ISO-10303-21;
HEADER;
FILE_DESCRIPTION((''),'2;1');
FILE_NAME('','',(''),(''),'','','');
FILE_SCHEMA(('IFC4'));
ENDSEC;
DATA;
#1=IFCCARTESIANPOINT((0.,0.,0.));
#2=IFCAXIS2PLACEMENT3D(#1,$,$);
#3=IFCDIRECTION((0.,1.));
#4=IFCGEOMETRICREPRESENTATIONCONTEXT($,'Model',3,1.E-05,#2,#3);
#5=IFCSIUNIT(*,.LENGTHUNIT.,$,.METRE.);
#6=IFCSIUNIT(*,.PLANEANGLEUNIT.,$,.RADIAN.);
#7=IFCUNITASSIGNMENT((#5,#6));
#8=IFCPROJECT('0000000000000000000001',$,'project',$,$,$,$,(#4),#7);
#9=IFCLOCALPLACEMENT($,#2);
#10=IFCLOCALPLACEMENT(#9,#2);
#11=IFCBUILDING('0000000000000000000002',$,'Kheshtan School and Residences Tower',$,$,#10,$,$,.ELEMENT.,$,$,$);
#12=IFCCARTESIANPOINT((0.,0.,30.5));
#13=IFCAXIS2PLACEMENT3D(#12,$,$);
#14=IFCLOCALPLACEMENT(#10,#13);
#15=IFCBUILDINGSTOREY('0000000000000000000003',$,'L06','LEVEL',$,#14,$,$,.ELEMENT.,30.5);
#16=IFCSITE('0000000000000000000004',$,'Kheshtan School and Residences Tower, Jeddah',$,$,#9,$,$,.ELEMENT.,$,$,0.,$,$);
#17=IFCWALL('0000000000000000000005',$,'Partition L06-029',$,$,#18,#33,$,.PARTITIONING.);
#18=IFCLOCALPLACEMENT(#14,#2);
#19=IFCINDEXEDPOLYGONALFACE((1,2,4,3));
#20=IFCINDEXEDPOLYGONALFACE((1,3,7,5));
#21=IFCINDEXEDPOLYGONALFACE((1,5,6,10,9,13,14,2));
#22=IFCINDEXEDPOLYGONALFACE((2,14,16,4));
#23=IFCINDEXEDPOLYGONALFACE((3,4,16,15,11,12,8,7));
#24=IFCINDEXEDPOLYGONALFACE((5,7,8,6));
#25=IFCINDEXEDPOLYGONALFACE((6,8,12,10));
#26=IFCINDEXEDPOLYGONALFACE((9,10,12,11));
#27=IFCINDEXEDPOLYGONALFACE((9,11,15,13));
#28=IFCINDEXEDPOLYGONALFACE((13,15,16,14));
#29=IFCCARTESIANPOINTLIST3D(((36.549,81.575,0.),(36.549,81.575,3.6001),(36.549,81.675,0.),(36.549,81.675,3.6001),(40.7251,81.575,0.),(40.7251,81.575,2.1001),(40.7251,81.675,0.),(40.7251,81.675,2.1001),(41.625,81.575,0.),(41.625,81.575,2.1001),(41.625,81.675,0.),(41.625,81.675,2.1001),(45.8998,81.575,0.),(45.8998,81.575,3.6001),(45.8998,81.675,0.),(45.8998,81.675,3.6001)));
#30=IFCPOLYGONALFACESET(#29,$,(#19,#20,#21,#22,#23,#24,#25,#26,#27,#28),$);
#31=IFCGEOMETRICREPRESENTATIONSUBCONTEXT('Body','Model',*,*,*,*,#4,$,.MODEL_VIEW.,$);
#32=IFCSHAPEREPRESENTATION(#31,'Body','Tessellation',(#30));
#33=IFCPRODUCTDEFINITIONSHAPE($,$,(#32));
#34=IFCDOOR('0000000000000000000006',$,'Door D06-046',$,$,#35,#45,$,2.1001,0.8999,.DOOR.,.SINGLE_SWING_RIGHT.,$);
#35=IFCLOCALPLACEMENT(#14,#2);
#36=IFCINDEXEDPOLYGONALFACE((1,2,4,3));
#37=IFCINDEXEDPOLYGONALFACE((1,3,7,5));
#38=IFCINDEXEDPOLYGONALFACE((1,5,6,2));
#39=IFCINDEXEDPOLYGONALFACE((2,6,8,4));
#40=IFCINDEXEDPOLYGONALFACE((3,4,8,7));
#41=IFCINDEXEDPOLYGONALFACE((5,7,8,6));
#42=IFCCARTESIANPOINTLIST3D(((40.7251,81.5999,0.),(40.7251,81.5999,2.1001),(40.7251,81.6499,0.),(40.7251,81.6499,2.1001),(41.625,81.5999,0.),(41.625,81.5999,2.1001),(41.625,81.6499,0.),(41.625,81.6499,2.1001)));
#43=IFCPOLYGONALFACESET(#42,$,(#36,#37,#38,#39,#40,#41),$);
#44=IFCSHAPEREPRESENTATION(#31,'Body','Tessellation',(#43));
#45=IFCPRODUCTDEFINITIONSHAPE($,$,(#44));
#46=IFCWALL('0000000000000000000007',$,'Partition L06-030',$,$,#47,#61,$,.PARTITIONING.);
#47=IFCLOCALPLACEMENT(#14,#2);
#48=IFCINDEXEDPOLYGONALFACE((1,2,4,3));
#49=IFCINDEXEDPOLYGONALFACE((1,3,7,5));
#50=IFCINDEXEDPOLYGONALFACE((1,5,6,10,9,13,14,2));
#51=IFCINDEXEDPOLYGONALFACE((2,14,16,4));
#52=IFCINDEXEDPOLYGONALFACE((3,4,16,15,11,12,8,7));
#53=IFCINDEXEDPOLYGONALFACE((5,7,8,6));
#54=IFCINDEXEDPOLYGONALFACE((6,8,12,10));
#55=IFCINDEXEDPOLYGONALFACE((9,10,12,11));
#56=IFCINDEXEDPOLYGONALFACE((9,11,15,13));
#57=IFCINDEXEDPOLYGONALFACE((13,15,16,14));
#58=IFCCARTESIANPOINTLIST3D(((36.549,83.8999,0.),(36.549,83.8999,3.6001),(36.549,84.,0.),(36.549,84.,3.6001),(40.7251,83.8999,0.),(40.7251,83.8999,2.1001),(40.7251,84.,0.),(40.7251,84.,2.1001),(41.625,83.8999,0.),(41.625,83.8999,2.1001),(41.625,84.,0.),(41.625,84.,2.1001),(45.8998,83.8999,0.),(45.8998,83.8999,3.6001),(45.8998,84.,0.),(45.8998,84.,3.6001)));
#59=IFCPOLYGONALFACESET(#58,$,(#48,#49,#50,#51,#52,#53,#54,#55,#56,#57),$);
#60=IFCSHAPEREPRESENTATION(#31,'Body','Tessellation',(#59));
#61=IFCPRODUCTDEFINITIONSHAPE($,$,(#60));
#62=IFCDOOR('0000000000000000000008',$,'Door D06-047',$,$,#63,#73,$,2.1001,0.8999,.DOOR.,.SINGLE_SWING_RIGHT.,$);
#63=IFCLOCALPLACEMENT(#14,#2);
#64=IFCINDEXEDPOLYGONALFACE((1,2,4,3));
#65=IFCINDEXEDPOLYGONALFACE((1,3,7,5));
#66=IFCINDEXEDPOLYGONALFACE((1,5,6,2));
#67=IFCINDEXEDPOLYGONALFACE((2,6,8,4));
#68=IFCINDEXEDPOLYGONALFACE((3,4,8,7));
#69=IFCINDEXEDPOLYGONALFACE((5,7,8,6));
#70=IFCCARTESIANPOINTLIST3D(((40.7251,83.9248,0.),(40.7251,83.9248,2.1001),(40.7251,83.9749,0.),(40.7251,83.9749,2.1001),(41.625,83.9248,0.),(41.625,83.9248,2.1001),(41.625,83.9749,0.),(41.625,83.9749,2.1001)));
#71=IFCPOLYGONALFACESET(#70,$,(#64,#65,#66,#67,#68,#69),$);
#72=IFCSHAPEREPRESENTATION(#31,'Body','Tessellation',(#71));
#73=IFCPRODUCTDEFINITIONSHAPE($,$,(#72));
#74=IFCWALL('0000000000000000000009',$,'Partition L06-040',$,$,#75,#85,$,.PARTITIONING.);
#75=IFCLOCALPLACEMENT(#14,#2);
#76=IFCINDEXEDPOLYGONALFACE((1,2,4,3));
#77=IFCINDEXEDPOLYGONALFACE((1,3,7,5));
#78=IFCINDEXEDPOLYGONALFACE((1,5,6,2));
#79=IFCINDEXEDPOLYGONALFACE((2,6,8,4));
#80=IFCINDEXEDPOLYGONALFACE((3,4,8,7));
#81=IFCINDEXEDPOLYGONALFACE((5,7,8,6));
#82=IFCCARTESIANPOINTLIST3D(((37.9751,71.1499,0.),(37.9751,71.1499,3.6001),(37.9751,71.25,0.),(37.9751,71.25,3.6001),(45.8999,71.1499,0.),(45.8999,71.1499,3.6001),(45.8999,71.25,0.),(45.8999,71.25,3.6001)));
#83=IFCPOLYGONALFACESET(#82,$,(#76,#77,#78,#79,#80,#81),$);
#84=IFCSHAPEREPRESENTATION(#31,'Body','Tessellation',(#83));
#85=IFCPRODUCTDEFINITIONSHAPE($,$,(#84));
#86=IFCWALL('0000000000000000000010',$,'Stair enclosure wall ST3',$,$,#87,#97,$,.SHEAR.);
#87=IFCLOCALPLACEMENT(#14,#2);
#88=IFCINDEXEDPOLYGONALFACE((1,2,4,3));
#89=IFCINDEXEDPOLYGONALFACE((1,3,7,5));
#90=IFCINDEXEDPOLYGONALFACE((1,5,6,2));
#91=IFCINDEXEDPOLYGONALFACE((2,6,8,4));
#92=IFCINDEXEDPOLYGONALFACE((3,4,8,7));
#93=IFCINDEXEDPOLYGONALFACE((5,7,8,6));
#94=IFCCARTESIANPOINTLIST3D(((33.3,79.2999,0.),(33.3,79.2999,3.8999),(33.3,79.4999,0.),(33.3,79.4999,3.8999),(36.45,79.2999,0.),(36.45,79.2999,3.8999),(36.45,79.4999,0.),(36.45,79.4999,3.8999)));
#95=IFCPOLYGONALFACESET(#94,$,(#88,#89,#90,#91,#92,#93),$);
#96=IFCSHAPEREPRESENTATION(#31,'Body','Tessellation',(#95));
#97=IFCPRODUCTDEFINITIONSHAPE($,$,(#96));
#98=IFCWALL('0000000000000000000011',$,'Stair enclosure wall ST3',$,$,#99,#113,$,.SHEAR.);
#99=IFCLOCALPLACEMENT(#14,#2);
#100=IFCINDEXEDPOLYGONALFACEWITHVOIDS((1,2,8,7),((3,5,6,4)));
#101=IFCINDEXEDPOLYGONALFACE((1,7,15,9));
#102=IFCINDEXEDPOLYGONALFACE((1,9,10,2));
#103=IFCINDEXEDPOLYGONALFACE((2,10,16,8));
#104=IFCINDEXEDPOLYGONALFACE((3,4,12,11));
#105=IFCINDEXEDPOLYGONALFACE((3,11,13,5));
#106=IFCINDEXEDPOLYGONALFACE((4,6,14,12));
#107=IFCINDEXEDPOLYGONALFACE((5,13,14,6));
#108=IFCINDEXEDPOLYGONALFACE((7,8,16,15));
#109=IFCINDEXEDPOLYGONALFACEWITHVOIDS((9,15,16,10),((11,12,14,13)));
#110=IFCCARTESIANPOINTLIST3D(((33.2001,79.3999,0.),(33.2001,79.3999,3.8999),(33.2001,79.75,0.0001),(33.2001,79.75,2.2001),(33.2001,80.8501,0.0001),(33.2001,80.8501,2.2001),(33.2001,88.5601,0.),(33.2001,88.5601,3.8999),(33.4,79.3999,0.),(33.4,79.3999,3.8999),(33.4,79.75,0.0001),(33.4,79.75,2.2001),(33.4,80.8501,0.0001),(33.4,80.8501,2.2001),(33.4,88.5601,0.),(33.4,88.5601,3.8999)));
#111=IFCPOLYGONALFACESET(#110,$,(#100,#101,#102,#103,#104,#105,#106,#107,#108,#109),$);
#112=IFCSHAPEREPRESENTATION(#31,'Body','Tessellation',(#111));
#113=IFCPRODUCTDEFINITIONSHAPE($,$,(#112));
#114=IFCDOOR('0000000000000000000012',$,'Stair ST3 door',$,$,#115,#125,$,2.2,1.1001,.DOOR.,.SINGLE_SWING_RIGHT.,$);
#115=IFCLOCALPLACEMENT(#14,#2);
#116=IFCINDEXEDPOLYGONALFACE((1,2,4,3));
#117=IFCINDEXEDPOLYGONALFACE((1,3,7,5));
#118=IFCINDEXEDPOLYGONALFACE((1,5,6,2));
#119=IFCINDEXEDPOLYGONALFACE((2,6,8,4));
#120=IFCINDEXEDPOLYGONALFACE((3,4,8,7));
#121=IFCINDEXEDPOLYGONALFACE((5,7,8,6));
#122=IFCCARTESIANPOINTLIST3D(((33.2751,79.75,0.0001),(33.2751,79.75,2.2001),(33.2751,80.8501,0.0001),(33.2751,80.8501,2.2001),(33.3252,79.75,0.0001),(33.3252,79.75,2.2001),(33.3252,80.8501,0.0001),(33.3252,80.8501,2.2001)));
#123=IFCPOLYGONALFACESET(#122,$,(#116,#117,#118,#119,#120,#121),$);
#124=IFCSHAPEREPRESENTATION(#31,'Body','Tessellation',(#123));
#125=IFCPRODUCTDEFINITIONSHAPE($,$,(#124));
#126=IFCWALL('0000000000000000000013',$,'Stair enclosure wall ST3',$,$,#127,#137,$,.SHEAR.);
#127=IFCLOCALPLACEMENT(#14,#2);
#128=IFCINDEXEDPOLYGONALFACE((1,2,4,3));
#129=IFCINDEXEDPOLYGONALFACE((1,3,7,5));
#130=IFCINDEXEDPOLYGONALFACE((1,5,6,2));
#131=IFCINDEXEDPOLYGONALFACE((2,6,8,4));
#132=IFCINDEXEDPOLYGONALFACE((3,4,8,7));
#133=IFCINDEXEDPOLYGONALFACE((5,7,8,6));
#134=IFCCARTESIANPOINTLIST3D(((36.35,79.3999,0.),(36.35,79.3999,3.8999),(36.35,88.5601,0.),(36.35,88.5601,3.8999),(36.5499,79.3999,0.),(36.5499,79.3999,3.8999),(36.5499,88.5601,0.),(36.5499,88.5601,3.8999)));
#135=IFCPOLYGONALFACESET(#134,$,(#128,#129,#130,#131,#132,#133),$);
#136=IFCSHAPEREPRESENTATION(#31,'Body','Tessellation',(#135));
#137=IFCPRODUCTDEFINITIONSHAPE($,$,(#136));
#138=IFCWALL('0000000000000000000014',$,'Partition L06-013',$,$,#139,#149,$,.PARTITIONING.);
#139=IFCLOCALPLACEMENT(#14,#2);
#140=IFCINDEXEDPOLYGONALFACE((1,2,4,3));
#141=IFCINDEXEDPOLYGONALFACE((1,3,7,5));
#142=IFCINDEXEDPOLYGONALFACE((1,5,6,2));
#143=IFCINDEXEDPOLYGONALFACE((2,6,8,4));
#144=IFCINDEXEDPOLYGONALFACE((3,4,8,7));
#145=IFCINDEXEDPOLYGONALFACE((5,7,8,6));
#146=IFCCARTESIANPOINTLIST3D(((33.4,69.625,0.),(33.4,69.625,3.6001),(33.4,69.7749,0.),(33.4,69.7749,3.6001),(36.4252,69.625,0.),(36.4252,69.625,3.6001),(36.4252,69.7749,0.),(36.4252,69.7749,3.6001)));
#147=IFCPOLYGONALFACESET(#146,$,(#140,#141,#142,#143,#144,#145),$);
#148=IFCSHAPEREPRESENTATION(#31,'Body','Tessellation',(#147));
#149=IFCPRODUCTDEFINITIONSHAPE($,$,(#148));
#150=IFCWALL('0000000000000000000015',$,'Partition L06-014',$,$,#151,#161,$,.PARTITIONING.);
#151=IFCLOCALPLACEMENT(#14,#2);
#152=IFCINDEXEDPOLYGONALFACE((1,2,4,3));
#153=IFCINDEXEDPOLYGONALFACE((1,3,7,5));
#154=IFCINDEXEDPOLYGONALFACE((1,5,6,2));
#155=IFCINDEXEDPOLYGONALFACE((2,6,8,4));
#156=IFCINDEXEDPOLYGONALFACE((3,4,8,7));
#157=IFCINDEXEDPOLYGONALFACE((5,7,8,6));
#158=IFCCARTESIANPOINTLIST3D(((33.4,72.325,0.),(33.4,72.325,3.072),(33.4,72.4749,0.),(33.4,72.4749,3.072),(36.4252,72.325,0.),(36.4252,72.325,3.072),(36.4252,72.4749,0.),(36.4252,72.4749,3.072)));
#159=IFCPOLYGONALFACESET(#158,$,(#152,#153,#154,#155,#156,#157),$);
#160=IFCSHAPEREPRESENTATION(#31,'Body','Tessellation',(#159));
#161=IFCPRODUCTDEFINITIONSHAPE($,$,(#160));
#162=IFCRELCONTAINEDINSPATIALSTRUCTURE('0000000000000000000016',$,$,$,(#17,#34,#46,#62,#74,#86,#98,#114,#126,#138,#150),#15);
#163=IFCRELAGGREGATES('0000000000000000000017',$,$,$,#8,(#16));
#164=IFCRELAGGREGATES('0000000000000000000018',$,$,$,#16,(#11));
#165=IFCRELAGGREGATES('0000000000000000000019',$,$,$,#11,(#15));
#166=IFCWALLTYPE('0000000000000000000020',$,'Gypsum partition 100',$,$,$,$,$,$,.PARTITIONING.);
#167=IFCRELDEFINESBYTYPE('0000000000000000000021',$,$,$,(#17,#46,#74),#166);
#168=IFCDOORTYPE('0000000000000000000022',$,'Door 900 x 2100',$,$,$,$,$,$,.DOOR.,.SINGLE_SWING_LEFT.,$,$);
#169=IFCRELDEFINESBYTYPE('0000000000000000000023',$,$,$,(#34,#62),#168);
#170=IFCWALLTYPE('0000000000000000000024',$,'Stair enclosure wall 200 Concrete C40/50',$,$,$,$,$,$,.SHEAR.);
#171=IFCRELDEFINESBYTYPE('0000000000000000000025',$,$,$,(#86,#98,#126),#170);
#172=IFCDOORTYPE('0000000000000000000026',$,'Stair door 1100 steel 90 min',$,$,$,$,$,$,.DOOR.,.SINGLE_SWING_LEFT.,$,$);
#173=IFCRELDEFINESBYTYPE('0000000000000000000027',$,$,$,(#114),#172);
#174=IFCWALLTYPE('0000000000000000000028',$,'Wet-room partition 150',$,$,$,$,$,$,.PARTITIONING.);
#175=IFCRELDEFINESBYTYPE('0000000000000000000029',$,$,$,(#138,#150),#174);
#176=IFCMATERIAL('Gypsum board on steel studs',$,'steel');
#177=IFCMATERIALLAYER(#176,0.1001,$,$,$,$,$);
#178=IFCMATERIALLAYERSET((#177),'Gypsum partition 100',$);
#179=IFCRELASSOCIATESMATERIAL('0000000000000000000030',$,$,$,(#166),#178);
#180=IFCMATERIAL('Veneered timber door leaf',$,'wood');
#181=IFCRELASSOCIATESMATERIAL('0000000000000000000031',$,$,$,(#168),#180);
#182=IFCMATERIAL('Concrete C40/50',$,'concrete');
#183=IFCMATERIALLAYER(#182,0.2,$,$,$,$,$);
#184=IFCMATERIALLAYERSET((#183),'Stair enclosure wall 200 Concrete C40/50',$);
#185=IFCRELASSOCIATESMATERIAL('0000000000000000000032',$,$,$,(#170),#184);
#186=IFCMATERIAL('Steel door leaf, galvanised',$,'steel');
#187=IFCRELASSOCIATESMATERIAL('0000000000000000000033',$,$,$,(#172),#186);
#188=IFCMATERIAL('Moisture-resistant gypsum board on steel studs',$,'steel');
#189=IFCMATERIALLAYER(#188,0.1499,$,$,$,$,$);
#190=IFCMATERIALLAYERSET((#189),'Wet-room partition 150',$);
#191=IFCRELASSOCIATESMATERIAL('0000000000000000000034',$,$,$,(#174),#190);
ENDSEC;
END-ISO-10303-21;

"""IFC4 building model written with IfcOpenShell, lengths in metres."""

from ifc_helpers import new_model, si_unit, direction, frame, frame_2d, origin, place, context, subcontext, project, spatial, rectangle, extrude, source, transform, mapped, material, layer, layer_set, type_object, element, fill, save


model = new_model("IFC4")

# Units and contexts
model_context = context("Model", 3, precision=1e-05, world=origin(), true_north=direction((0.0, 1.0)))
body_context = subcontext(model_context, "Body", "Model", "MODEL_VIEW")
ifc_project = project(units=[si_unit("LENGTHUNIT", "METRE"), si_unit("PLANEANGLEUNIT", "RADIAN")], contexts=[model_context])

# Site, building, storey
site_placement = place(None, origin())
site = spatial("IfcSite", under=ifc_project, at=site_placement, Name="Kheshtan School and Residences Tower, Jeddah", CompositionType="ELEMENT", RefElevation=0.0)
building_placement = place(site_placement, origin())
building = spatial("IfcBuilding", under=site, at=building_placement, Name="Kheshtan School and Residences Tower", CompositionType="ELEMENT")
storey_placement = place(building_placement, frame((0.0, 0.0, 30.5)))
storey = spatial("IfcBuildingStorey", under=building, at=storey_placement, Name="L06", Description="LEVEL", CompositionType="ELEMENT", Elevation=30.5)

# Shared definitions
ifc_material_1 = material(Name="Gypsum board on steel studs", Category="steel")
ifc_layer_1 = layer(ifc_material_1, 0.1001)
ifc_layer_set_1 = layer_set([ifc_layer_1], Name="Gypsum partition 100")
wall_type_1 = type_object("IfcWallType", Name="Gypsum partition 100", PredefinedType="PARTITIONING", material=ifc_layer_set_1)

# Walls, openings, doors
ifc_material_2 = material(Name="Veneered timber door leaf", Category="wood")
door_type_1 = type_object("IfcDoorType", Name="Door 900 x 2100", OperationType="SINGLE_SWING_LEFT", PredefinedType="DOOR", material=ifc_material_2)
shared_shape_1 = source(origin(), body_context, "Body", "SweptSolid", [
    extrude(rectangle(XDim=0.8999, YDim=2.1001, at=frame_2d((0.45, 1.05))), frame((0.0, 0.0249, 0.0), z_axis=(0.0, -1.0, 0.0), x_axis=(1.0, 0.0, 0.0)), (0.0, 0.0, 1.0), 0.05),
])
wall_1_placement = place(storey_placement, frame((36.5491, 81.625, 0.0), z_axis=(0.0, 0.0, 1.0), x_axis=(1.0, 0.0, 0.0)))
wall_1 = element("IfcWall", 1, at=wall_1_placement, inside=storey, type_object=wall_type_1, Name="Partition L06-029", PredefinedType="PARTITIONING", context=body_context, shape_type="SweptSolid", body=[
    extrude(rectangle(XDim=9.3508, YDim=0.1001, at=frame_2d((4.6753, 0.0))), origin(), (0.0, 0.0, 1.0), 3.6001),
])
opening_1_placement = place(wall_1_placement, frame((4.176, 0.0, 0.0)))
opening_1 = element("IfcOpeningElement", 2, at=opening_1_placement, cuts=wall_1, PredefinedType="OPENING", context=body_context, shape_type="SweptSolid", body=[
    extrude(rectangle(XDim=0.8999, YDim=2.1001, at=frame_2d((0.45, 1.05))), frame((0.0, 0.0601, 0.0), z_axis=(0.0, -1.0, 0.0), x_axis=(1.0, 0.0, 0.0)), (0.0, 0.0, 1.0), 0.1201),
])
door_1_placement = place(opening_1_placement, origin())
door_1 = element("IfcDoor", 3, at=door_1_placement, inside=storey, type_object=door_type_1, Name="Door D06-046", OperationType="SINGLE_SWING_RIGHT", OverallHeight=2.1001, OverallWidth=0.8999, PredefinedType="DOOR", context=body_context, shape_type="MappedRepresentation", body=[
    mapped(shared_shape_1, transform((0.0, 0.0, 0.0), x_axis=(1.0, 0.0, 0.0), y_axis=(0.0, 1.0, 0.0), z_axis=(0.0, 0.0, 1.0), scale=1.0)),
])
fill(opening_1, door_1)
wall_2_placement = place(storey_placement, frame((36.5491, 83.95, 0.0), z_axis=(0.0, 0.0, 1.0), x_axis=(1.0, 0.0, 0.0)))
wall_2 = element("IfcWall", 4, at=wall_2_placement, inside=storey, type_object=wall_type_1, Name="Partition L06-030", PredefinedType="PARTITIONING", context=body_context, shape_type="SweptSolid", body=[
    extrude(rectangle(XDim=9.3508, YDim=0.1001, at=frame_2d((4.6753, 0.0))), origin(), (0.0, 0.0, 1.0), 3.6001),
])
opening_2_placement = place(wall_2_placement, frame((4.176, 0.0, 0.0)))
opening_2 = element("IfcOpeningElement", 5, at=opening_2_placement, cuts=wall_2, PredefinedType="OPENING", context=body_context, shape_type="SweptSolid", body=[
    extrude(rectangle(XDim=0.8999, YDim=2.1001, at=frame_2d((0.45, 1.05))), frame((0.0, 0.0601, 0.0), z_axis=(0.0, -1.0, 0.0), x_axis=(1.0, 0.0, 0.0)), (0.0, 0.0, 1.0), 0.1201),
])
door_2_placement = place(opening_2_placement, origin())
door_2 = element("IfcDoor", 6, at=door_2_placement, inside=storey, type_object=door_type_1, Name="Door D06-047", OperationType="SINGLE_SWING_RIGHT", OverallHeight=2.1001, OverallWidth=0.8999, PredefinedType="DOOR", context=body_context, shape_type="MappedRepresentation", body=[
    mapped(shared_shape_1, transform((0.0, 0.0, 0.0), x_axis=(1.0, 0.0, 0.0), y_axis=(0.0, 1.0, 0.0), z_axis=(0.0, 0.0, 1.0), scale=1.0)),
])
fill(opening_2, door_2)

# Walls
wall_3_placement = place(storey_placement, frame((37.9751, 71.2, 0.0), z_axis=(0.0, 0.0, 1.0), x_axis=(1.0, 0.0, 0.0)))
element("IfcWall", 7, at=wall_3_placement, inside=storey, type_object=wall_type_1, Name="Partition L06-040", PredefinedType="PARTITIONING", context=body_context, shape_type="SweptSolid", body=[
    extrude(rectangle(XDim=7.9248, YDim=0.1001, at=frame_2d((3.9624, 0.0))), origin(), (0.0, 0.0, 1.0), 3.6001),
])
ifc_material_3 = material(Name="Concrete C40/50", Category="concrete")
ifc_layer_2 = layer(ifc_material_3, 0.2)
ifc_layer_set_2 = layer_set([ifc_layer_2], Name="Stair enclosure wall 200 Concrete C40/50")
wall_type_2 = type_object("IfcWallType", Name="Stair enclosure wall 200 Concrete C40/50", PredefinedType="SHEAR", material=ifc_layer_set_2)
wall_4_placement = place(storey_placement, frame((33.3, 79.3999, 0.0), z_axis=(0.0, 0.0, 1.0), x_axis=(1.0, 0.0, 0.0)))
element("IfcWall", 8, at=wall_4_placement, inside=storey, type_object=wall_type_2, Name="Stair enclosure wall ST3", PredefinedType="SHEAR", context=body_context, shape_type="SweptSolid", body=[
    extrude(rectangle(XDim=3.1499, YDim=0.2, at=frame_2d((1.575, 0.0))), origin(), (0.0, 0.0, 1.0), 3.8999),
])

# Wall, opening, door
wall_5_placement = place(storey_placement, frame((33.3, 79.3999, 0.0), z_axis=(0.0, 0.0, 1.0), x_axis=(0.0, 1.0, 0.0)))
wall_5 = element("IfcWall", 9, at=wall_5_placement, inside=storey, type_object=wall_type_2, Name="Stair enclosure wall ST3", PredefinedType="SHEAR", context=body_context, shape_type="SweptSolid", body=[
    extrude(rectangle(XDim=9.1602, YDim=0.2, at=frame_2d((4.5801, 0.0))), origin(), (0.0, 0.0, 1.0), 3.8999),
])
opening_3_placement = place(wall_5_placement, frame((0.3501, 0.0, 0.0)))
opening_3 = element("IfcOpeningElement", 10, at=opening_3_placement, cuts=wall_5, PredefinedType="OPENING", context=body_context, shape_type="SweptSolid", body=[
    extrude(rectangle(XDim=1.1001, YDim=2.2, at=frame_2d((0.55, 1.1001))), frame((0.0, 0.1099, 0.0), z_axis=(0.0, -1.0, 0.0), x_axis=(1.0, 0.0, 0.0)), (0.0, 0.0, 1.0), 0.22),
])
ifc_material_4 = material(Name="Steel door leaf, galvanised", Category="steel")
door_type_2 = type_object("IfcDoorType", Name="Stair door 1100 steel 90 min", OperationType="SINGLE_SWING_LEFT", PredefinedType="DOOR", material=ifc_material_4)
shared_shape_2 = source(origin(), body_context, "Body", "SweptSolid", [
    extrude(rectangle(XDim=1.1001, YDim=2.2, at=frame_2d((0.55, 1.1001))), frame((0.0, 0.0249, 0.0), z_axis=(0.0, -1.0, 0.0), x_axis=(1.0, 0.0, 0.0)), (0.0, 0.0, 1.0), 0.05),
])
door_3_placement = place(opening_3_placement, origin())
door_3 = element("IfcDoor", 11, at=door_3_placement, inside=storey, type_object=door_type_2, Name="Stair ST3 door", OperationType="SINGLE_SWING_RIGHT", OverallHeight=2.2, OverallWidth=1.1001, PredefinedType="DOOR", context=body_context, shape_type="MappedRepresentation", body=[
    mapped(shared_shape_2, transform((0.0, 0.0, 0.0), x_axis=(1.0, 0.0, 0.0), y_axis=(0.0, 1.0, 0.0), z_axis=(0.0, 0.0, 1.0), scale=1.0)),
])
fill(opening_3, door_3)

# Walls
wall_6_placement = place(storey_placement, frame((36.45, 79.3999, 0.0), z_axis=(0.0, 0.0, 1.0), x_axis=(0.0, 1.0, 0.0)))
element("IfcWall", 12, at=wall_6_placement, inside=storey, type_object=wall_type_2, Name="Stair enclosure wall ST3", PredefinedType="SHEAR", context=body_context, shape_type="SweptSolid", body=[
    extrude(rectangle(XDim=9.1602, YDim=0.2, at=frame_2d((4.5801, 0.0))), origin(), (0.0, 0.0, 1.0), 3.8999),
])
ifc_material_5 = material(Name="Moisture-resistant gypsum board on steel studs", Category="steel")
ifc_layer_3 = layer(ifc_material_5, 0.1499)
ifc_layer_set_3 = layer_set([ifc_layer_3], Name="Wet-room partition 150")
wall_type_3 = type_object("IfcWallType", Name="Wet-room partition 150", PredefinedType="PARTITIONING", material=ifc_layer_set_3)
wall_7_placement = place(storey_placement, frame((33.3999, 69.7, 0.0), z_axis=(0.0, 0.0, 1.0), x_axis=(1.0, 0.0, 0.0)))
element("IfcWall", 13, at=wall_7_placement, inside=storey, type_object=wall_type_3, Name="Partition L06-013", PredefinedType="PARTITIONING", context=body_context, shape_type="SweptSolid", body=[
    extrude(rectangle(XDim=3.0251, YDim=0.1499, at=frame_2d((1.5127, 0.0))), origin(), (0.0, 0.0, 1.0), 3.6001),
])
wall_8_placement = place(storey_placement, frame((33.3999, 72.3999, 0.0), z_axis=(0.0, 0.0, 1.0), x_axis=(1.0, 0.0, 0.0)))
element("IfcWall", 14, at=wall_8_placement, inside=storey, type_object=wall_type_3, Name="Partition L06-014", PredefinedType="PARTITIONING", context=body_context, shape_type="SweptSolid", body=[
    extrude(rectangle(XDim=3.0251, YDim=0.1499, at=frame_2d((1.5127, 0.0))), origin(), (0.0, 0.0, 1.0), 3.072),
])

save(model, "model.ifc")
